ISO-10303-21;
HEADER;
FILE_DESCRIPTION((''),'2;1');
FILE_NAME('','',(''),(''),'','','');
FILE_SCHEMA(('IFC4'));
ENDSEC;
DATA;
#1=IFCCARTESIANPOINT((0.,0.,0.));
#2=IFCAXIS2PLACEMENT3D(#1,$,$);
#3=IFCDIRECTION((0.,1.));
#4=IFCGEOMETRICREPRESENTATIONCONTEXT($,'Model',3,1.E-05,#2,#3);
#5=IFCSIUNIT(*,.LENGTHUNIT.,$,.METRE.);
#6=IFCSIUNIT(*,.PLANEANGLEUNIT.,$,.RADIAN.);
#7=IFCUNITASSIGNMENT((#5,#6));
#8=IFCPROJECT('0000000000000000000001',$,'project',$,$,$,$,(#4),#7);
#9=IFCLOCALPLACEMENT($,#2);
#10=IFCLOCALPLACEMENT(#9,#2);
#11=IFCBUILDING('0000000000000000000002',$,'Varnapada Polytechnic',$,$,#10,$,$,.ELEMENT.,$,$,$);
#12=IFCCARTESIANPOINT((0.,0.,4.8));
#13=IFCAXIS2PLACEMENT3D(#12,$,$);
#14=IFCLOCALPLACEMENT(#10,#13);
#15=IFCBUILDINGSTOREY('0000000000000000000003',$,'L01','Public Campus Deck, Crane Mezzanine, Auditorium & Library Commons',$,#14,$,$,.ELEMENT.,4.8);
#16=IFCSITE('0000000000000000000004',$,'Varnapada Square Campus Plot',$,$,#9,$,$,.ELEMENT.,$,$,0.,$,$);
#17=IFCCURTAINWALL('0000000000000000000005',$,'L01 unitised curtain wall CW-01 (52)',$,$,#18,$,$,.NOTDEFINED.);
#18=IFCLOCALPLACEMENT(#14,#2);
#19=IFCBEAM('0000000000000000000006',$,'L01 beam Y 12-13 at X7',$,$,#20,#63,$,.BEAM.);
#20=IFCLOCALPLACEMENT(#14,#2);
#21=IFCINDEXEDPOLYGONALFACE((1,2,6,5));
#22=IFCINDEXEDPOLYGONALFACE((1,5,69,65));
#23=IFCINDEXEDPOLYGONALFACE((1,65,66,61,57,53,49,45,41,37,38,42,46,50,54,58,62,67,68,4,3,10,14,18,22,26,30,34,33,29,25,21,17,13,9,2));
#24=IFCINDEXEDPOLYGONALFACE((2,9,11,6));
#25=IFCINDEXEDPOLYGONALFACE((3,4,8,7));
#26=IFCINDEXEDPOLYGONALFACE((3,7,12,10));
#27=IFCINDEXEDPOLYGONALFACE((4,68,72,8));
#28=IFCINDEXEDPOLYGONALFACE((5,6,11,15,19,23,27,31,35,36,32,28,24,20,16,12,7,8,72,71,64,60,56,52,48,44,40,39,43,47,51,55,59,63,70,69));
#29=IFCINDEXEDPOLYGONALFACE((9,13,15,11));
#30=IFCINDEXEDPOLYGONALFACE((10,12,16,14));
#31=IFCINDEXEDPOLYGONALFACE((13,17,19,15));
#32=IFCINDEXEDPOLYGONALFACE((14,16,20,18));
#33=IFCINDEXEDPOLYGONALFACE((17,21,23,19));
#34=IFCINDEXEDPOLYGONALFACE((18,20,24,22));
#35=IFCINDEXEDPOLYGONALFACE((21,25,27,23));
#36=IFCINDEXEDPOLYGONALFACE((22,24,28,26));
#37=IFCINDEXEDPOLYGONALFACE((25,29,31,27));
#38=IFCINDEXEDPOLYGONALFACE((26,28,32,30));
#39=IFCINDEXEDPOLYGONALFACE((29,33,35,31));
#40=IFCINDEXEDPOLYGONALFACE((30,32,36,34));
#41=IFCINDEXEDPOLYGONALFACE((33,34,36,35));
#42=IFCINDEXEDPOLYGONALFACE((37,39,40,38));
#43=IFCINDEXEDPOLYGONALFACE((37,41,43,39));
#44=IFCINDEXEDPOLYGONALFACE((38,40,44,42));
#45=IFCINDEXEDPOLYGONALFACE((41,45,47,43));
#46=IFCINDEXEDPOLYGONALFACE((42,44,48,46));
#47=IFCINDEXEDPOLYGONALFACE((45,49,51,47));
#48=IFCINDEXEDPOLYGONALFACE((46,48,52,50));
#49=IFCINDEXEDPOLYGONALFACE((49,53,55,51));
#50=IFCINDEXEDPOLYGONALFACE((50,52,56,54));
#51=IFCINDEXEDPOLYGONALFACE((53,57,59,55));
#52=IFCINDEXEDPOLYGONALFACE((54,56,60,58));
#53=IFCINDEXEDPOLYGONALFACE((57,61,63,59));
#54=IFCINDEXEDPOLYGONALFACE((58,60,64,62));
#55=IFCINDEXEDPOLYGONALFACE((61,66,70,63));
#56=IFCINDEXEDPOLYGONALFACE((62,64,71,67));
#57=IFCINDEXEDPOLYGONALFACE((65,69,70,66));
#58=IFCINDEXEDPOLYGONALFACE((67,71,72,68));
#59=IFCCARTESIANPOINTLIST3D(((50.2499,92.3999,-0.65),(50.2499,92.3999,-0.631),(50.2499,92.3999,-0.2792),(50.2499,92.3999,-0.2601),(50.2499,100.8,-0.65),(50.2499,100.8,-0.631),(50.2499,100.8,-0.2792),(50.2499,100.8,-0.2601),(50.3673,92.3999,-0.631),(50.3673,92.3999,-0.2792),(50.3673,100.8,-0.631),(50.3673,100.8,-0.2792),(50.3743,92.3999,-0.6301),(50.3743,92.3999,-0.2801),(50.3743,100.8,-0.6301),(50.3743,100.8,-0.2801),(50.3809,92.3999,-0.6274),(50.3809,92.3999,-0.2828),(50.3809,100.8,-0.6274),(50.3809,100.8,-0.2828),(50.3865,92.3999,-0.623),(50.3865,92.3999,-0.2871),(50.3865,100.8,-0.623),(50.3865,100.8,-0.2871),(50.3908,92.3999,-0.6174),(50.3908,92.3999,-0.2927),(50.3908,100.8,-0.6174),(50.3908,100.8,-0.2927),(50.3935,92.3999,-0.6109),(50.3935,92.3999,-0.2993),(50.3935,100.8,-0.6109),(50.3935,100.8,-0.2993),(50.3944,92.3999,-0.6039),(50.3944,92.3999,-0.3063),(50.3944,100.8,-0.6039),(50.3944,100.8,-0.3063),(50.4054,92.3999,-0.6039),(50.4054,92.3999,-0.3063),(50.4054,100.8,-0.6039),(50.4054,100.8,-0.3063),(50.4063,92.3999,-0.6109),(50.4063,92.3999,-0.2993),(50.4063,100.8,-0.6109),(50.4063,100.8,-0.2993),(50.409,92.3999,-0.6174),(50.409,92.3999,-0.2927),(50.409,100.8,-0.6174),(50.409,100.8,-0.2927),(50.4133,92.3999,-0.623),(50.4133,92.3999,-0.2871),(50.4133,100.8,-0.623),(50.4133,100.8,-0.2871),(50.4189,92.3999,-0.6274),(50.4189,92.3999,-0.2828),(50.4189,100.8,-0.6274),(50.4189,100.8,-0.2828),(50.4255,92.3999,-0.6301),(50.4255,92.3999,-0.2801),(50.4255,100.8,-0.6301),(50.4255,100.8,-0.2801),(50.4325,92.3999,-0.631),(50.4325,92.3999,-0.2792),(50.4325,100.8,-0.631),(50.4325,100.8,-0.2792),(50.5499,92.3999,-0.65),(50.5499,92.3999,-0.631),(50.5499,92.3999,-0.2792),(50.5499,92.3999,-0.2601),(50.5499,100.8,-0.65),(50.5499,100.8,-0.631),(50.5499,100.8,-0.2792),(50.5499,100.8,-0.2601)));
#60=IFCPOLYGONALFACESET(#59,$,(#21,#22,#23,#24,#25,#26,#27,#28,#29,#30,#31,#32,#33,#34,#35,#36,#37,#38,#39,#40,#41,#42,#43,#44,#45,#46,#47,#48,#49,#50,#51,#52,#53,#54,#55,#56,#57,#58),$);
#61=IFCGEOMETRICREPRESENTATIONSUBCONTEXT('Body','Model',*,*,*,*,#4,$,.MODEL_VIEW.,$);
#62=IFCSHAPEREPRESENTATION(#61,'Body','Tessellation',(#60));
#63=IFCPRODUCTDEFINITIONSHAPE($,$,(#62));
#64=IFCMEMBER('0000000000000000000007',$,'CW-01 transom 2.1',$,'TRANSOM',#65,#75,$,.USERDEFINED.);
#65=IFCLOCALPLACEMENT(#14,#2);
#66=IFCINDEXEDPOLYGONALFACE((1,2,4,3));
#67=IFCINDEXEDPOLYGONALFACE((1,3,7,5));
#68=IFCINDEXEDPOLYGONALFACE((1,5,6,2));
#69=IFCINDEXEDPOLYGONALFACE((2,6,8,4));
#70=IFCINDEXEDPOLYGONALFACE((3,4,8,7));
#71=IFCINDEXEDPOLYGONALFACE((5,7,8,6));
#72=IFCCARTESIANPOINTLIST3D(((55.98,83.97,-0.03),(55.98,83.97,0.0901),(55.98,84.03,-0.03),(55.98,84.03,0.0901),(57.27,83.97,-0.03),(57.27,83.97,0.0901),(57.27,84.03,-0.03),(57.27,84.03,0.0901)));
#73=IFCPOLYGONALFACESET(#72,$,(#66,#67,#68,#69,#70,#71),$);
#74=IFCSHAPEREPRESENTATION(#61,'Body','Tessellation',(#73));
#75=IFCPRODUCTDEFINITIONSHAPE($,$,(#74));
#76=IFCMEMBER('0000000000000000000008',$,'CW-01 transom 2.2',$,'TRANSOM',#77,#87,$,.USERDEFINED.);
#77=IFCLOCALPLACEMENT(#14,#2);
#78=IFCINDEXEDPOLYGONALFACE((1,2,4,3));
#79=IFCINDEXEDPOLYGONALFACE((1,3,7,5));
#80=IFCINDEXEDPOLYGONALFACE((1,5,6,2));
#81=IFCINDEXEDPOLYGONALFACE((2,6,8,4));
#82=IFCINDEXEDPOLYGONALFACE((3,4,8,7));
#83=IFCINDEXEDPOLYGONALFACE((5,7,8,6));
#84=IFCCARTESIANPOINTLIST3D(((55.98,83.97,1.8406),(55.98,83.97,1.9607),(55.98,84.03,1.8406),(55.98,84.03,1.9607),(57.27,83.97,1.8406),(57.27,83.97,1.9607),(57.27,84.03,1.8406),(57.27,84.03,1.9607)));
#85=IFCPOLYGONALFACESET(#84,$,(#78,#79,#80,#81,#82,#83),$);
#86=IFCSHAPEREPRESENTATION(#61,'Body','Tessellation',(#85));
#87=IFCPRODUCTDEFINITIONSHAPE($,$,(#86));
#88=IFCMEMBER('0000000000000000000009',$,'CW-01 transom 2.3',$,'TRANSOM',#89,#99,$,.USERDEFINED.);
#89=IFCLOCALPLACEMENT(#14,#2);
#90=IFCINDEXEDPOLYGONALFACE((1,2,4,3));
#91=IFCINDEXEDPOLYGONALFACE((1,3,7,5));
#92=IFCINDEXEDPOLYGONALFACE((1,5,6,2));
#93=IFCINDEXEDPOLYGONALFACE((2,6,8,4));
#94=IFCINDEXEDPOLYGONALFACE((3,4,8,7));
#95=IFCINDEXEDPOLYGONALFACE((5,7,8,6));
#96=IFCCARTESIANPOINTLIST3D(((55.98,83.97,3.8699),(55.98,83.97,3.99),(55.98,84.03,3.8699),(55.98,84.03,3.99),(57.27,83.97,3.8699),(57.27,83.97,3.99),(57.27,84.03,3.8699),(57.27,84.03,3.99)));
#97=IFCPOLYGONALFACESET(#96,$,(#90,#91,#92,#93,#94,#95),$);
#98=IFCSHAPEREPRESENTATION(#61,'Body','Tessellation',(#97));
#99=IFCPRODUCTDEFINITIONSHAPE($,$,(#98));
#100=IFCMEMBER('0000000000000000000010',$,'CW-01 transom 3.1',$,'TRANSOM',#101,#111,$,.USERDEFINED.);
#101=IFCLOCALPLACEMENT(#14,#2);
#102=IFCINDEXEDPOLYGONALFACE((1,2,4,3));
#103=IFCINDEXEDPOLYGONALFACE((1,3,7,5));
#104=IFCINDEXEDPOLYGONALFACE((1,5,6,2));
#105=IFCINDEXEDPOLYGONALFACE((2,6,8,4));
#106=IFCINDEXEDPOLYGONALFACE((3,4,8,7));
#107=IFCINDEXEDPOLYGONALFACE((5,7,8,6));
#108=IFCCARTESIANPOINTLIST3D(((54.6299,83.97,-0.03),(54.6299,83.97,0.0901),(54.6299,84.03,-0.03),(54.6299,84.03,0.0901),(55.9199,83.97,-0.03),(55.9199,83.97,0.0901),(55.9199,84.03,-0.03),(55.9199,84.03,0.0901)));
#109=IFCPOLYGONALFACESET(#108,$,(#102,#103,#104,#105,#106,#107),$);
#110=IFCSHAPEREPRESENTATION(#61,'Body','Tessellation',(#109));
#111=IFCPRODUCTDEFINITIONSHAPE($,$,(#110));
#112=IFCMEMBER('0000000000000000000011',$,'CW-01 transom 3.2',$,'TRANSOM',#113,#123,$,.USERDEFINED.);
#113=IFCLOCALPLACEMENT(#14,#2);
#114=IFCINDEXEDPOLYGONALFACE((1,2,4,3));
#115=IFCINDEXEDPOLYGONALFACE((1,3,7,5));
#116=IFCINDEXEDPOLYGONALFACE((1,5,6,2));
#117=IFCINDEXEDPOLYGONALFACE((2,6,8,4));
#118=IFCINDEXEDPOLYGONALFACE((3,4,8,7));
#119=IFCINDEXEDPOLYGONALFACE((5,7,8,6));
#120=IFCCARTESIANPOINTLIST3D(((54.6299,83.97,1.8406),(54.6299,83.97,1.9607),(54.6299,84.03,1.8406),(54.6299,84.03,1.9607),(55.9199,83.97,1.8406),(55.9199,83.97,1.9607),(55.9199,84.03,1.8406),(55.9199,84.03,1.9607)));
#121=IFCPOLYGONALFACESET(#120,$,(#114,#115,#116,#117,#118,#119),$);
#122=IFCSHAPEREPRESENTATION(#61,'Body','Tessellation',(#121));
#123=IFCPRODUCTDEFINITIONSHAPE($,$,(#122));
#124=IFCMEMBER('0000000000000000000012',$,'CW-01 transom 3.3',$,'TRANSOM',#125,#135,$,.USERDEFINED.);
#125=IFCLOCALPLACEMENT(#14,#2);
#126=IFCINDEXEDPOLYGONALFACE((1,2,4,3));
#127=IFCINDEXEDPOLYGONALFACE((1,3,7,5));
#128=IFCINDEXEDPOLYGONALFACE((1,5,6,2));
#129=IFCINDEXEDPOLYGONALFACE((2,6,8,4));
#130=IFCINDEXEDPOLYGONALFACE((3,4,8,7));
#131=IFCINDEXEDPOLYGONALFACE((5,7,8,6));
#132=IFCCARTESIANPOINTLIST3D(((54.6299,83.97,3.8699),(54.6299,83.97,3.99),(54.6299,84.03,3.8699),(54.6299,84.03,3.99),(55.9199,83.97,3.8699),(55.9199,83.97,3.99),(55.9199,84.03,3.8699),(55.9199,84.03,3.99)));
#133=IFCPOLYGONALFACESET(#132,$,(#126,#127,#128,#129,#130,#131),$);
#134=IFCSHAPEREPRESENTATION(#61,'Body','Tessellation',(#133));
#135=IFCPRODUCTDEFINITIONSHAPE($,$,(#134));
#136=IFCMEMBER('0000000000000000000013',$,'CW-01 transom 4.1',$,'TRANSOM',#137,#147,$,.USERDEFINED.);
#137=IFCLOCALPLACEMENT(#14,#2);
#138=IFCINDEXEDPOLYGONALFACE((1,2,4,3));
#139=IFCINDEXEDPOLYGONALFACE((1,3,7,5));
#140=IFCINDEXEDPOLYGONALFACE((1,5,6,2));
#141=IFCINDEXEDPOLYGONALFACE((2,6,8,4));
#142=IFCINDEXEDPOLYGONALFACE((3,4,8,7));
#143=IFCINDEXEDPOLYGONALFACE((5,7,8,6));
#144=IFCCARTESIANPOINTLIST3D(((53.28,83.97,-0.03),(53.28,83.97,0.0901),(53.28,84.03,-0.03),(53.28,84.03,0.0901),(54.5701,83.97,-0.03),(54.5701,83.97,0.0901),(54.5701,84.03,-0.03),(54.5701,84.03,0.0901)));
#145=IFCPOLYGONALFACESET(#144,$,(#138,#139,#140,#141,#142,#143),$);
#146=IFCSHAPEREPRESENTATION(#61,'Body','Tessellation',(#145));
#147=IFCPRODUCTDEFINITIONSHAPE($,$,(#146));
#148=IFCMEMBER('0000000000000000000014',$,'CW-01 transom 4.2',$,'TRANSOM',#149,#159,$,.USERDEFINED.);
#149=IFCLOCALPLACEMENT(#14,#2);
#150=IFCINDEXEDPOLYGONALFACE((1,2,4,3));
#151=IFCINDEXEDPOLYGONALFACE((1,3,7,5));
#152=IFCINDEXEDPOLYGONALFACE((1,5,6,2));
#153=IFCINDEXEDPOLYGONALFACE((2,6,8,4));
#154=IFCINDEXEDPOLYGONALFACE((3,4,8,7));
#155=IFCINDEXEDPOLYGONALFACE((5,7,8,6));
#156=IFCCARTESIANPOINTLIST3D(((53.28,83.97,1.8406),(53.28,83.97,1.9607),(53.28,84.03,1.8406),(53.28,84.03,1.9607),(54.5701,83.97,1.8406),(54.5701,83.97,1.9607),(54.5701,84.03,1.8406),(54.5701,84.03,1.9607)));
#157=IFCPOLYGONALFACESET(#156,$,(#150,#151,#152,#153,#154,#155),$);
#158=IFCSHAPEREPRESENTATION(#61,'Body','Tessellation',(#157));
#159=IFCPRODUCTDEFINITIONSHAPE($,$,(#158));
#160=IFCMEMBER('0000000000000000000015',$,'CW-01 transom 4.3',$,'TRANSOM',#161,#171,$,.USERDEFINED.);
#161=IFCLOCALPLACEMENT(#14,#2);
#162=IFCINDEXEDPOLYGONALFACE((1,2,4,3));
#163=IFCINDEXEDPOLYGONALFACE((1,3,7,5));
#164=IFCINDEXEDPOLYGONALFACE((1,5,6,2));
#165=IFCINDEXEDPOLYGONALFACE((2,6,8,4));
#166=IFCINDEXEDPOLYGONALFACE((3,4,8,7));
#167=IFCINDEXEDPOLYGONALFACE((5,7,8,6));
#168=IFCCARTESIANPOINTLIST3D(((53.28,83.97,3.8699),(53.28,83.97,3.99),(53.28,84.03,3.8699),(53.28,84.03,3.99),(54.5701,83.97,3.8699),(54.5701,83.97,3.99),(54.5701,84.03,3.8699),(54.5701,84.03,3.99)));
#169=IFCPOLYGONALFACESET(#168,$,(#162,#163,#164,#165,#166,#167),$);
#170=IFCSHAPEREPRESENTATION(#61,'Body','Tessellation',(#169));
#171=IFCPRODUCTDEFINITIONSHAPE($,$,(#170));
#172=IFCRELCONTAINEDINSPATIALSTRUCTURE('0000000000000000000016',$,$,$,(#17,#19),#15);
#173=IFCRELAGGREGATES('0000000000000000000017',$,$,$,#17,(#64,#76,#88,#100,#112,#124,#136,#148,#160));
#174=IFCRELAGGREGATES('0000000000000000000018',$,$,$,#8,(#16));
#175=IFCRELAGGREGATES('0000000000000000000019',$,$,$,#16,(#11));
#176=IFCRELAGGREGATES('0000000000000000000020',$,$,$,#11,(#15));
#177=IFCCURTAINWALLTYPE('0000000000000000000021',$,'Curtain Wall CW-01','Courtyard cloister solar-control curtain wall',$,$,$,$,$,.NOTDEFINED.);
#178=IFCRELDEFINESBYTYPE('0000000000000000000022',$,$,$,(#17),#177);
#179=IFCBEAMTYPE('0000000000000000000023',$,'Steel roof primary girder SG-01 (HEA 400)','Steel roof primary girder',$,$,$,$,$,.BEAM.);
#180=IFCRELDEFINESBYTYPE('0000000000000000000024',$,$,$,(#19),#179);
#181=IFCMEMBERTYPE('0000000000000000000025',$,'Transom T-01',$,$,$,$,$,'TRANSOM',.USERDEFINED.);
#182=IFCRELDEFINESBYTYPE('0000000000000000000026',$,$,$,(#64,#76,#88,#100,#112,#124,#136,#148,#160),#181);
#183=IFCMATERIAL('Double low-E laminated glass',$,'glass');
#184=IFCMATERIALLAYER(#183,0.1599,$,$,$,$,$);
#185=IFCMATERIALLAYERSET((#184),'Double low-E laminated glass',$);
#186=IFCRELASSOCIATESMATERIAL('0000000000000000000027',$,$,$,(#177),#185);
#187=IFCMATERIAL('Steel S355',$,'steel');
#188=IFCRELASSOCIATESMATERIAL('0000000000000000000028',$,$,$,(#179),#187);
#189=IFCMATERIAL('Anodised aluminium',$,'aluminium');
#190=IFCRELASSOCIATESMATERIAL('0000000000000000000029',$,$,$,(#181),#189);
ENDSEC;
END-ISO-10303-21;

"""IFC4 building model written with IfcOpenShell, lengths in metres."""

from ifc_helpers import new_model, si_unit, direction, frame, origin, origin_2d, place, context, subcontext, project, spatial, rectangle, i_section, extrude, material, layer, layer_set, material_profile, profile_set, type_object, element, aggregate, save


model = new_model("IFC4")

# Units and contexts
model_context = context("Model", 3, precision=1e-05, world=origin(), true_north=direction((0.0, 1.0)))
body_context = subcontext(model_context, "Body", "Model", "MODEL_VIEW")
ifc_project = project(units=[si_unit("LENGTHUNIT", "METRE"), si_unit("PLANEANGLEUNIT", "RADIAN")], contexts=[model_context])

# Site, building, storey
site_placement = place(None, origin())
site = spatial("IfcSite", under=ifc_project, at=site_placement, Name="Varnapada Square Campus Plot", CompositionType="ELEMENT", RefElevation=0.0)
building_placement = place(site_placement, origin())
building = spatial("IfcBuilding", under=site, at=building_placement, Name="Varnapada Polytechnic", CompositionType="ELEMENT")
storey_placement = place(building_placement, frame((0.0, 0.0, 4.8)))
storey = spatial("IfcBuildingStorey", under=building, at=storey_placement, Name="L01", Description="Public Campus Deck, Crane Mezzanine, Auditorium & Library Commons", CompositionType="ELEMENT", Elevation=4.8)

# Shared definitions
ifc_material_1 = material(Name="Steel S355", Category="steel")

# Curtain wall
ifc_material_2 = material(Name="Double low-E laminated glass", Category="glass")
ifc_layer_1 = layer(ifc_material_2, 0.1599)
ifc_layer_set_1 = layer_set([ifc_layer_1], Name="Double low-E laminated glass")
curtain_wall_type = type_object("IfcCurtainWallType", Name="Curtain Wall CW-01", Description="Courtyard cloister solar-control curtain wall", PredefinedType="NOTDEFINED", material=ifc_layer_set_1)
curtain_wall_placement = place(storey_placement, origin())
curtain_wall = element("IfcCurtainWall", 1, at=curtain_wall_placement, inside=storey, type_object=curtain_wall_type, Name="L01 unitised curtain wall CW-01 (52)", PredefinedType="NOTDEFINED")
ifc_material_3 = material(Name="Anodised aluminium", Category="aluminium")

# Beam
ifc_material_profile_1 = material_profile(ifc_material_1, i_section(OverallWidth=0.3, OverallDepth=0.3899, WebThickness=0.011, FlangeThickness=0.019, FilletRadius=0.0271, at=origin_2d()), Name="HEA 400")
ifc_profile_set_1 = profile_set([ifc_material_profile_1], Name="Steel S355")
beam_type_1 = type_object("IfcBeamType", Name="Steel roof primary girder SG-01 (HEA 400)", Description="Steel roof primary girder", PredefinedType="BEAM", material=ifc_profile_set_1)
beam_1_placement = place(storey_placement, frame((50.3999, 92.3999, -0.4551), z_axis=(0.0, 1.0, 0.0), x_axis=(-1.0, 0.0, 0.0)))
element("IfcBeam", 2, at=beam_1_placement, inside=storey, type_object=beam_type_1, Name="L01 beam Y 12-13 at X7", PredefinedType="BEAM", context=body_context, shape_type="SweptSolid", body=[
    extrude(i_section(OverallWidth=0.3, OverallDepth=0.3899, WebThickness=0.011, FlangeThickness=0.019, FilletRadius=0.0271, at=origin_2d()), origin(), (0.0, 0.0, 1.0), 8.4001),
])

# Members
ifc_material_profile_2 = material_profile(ifc_material_3, rectangle(XDim=0.0601, YDim=0.1201, at=origin_2d()), Name="ALU T60x120")
ifc_profile_set_2 = profile_set([ifc_material_profile_2], Name="Anodised aluminium")
member_type_1 = type_object("IfcMemberType", Name="Transom T-01", ElementType="TRANSOM", PredefinedType="USERDEFINED", material=ifc_profile_set_2)
member_1_placement = place(storey_placement, frame((57.27, 84.0, 0.03), z_axis=(-1.0, 0.0, 0.0), x_axis=(0.0, -1.0, 0.0)))
member_1 = element("IfcMember", 3, at=member_1_placement, type_object=member_type_1, Name="CW-01 transom 2.1", ObjectType="TRANSOM", PredefinedType="USERDEFINED", context=body_context, shape_type="SweptSolid", body=[
    extrude(rectangle(XDim=0.0601, YDim=0.1201, at=origin_2d()), origin(), (0.0, 0.0, 1.0), 1.29),
])
member_2_placement = place(storey_placement, frame((57.27, 84.0, 1.9006), z_axis=(-1.0, 0.0, 0.0), x_axis=(0.0, -1.0, 0.0)))
member_2 = element("IfcMember", 4, at=member_2_placement, type_object=member_type_1, Name="CW-01 transom 2.2", ObjectType="TRANSOM", PredefinedType="USERDEFINED", context=body_context, shape_type="SweptSolid", body=[
    extrude(rectangle(XDim=0.0601, YDim=0.1201, at=origin_2d()), origin(), (0.0, 0.0, 1.0), 1.29),
])
member_3_placement = place(storey_placement, frame((57.27, 84.0, 3.9299), z_axis=(-1.0, 0.0, 0.0), x_axis=(0.0, -1.0, 0.0)))
member_3 = element("IfcMember", 5, at=member_3_placement, type_object=member_type_1, Name="CW-01 transom 2.3", ObjectType="TRANSOM", PredefinedType="USERDEFINED", context=body_context, shape_type="SweptSolid", body=[
    extrude(rectangle(XDim=0.0601, YDim=0.1201, at=origin_2d()), origin(), (0.0, 0.0, 1.0), 1.29),
])
member_4_placement = place(storey_placement, frame((55.9199, 84.0, 0.03), z_axis=(-1.0, 0.0, 0.0), x_axis=(0.0, -1.0, 0.0)))
member_4 = element("IfcMember", 6, at=member_4_placement, type_object=member_type_1, Name="CW-01 transom 3.1", ObjectType="TRANSOM", PredefinedType="USERDEFINED", context=body_context, shape_type="SweptSolid", body=[
    extrude(rectangle(XDim=0.0601, YDim=0.1201, at=origin_2d()), origin(), (0.0, 0.0, 1.0), 1.29),
])
member_5_placement = place(storey_placement, frame((55.9199, 84.0, 1.9006), z_axis=(-1.0, 0.0, 0.0), x_axis=(0.0, -1.0, 0.0)))
member_5 = element("IfcMember", 7, at=member_5_placement, type_object=member_type_1, Name="CW-01 transom 3.2", ObjectType="TRANSOM", PredefinedType="USERDEFINED", context=body_context, shape_type="SweptSolid", body=[
    extrude(rectangle(XDim=0.0601, YDim=0.1201, at=origin_2d()), origin(), (0.0, 0.0, 1.0), 1.29),
])
member_6_placement = place(storey_placement, frame((55.9199, 84.0, 3.9299), z_axis=(-1.0, 0.0, 0.0), x_axis=(0.0, -1.0, 0.0)))
member_6 = element("IfcMember", 8, at=member_6_placement, type_object=member_type_1, Name="CW-01 transom 3.3", ObjectType="TRANSOM", PredefinedType="USERDEFINED", context=body_context, shape_type="SweptSolid", body=[
    extrude(rectangle(XDim=0.0601, YDim=0.1201, at=origin_2d()), origin(), (0.0, 0.0, 1.0), 1.29),
])
member_7_placement = place(storey_placement, frame((54.5701, 84.0, 0.03), z_axis=(-1.0, 0.0, 0.0), x_axis=(0.0, -1.0, 0.0)))
member_7 = element("IfcMember", 9, at=member_7_placement, type_object=member_type_1, Name="CW-01 transom 4.1", ObjectType="TRANSOM", PredefinedType="USERDEFINED", context=body_context, shape_type="SweptSolid", body=[
    extrude(rectangle(XDim=0.0601, YDim=0.1201, at=origin_2d()), origin(), (0.0, 0.0, 1.0), 1.29),
])
member_8_placement = place(storey_placement, frame((54.5701, 84.0, 1.9006), z_axis=(-1.0, 0.0, 0.0), x_axis=(0.0, -1.0, 0.0)))
member_8 = element("IfcMember", 10, at=member_8_placement, type_object=member_type_1, Name="CW-01 transom 4.2", ObjectType="TRANSOM", PredefinedType="USERDEFINED", context=body_context, shape_type="SweptSolid", body=[
    extrude(rectangle(XDim=0.0601, YDim=0.1201, at=origin_2d()), origin(), (0.0, 0.0, 1.0), 1.29),
])
member_9_placement = place(storey_placement, frame((54.5701, 84.0, 3.9299), z_axis=(-1.0, 0.0, 0.0), x_axis=(0.0, -1.0, 0.0)))
member_9 = element("IfcMember", 11, at=member_9_placement, type_object=member_type_1, Name="CW-01 transom 4.3", ObjectType="TRANSOM", PredefinedType="USERDEFINED", context=body_context, shape_type="SweptSolid", body=[
    extrude(rectangle(XDim=0.0601, YDim=0.1201, at=origin_2d()), origin(), (0.0, 0.0, 1.0), 1.29),
])

aggregate(curtain_wall, [member_1, member_2, member_3, member_4, member_5, member_6, member_7, member_8, member_9])

save(model, "model.ifc")
